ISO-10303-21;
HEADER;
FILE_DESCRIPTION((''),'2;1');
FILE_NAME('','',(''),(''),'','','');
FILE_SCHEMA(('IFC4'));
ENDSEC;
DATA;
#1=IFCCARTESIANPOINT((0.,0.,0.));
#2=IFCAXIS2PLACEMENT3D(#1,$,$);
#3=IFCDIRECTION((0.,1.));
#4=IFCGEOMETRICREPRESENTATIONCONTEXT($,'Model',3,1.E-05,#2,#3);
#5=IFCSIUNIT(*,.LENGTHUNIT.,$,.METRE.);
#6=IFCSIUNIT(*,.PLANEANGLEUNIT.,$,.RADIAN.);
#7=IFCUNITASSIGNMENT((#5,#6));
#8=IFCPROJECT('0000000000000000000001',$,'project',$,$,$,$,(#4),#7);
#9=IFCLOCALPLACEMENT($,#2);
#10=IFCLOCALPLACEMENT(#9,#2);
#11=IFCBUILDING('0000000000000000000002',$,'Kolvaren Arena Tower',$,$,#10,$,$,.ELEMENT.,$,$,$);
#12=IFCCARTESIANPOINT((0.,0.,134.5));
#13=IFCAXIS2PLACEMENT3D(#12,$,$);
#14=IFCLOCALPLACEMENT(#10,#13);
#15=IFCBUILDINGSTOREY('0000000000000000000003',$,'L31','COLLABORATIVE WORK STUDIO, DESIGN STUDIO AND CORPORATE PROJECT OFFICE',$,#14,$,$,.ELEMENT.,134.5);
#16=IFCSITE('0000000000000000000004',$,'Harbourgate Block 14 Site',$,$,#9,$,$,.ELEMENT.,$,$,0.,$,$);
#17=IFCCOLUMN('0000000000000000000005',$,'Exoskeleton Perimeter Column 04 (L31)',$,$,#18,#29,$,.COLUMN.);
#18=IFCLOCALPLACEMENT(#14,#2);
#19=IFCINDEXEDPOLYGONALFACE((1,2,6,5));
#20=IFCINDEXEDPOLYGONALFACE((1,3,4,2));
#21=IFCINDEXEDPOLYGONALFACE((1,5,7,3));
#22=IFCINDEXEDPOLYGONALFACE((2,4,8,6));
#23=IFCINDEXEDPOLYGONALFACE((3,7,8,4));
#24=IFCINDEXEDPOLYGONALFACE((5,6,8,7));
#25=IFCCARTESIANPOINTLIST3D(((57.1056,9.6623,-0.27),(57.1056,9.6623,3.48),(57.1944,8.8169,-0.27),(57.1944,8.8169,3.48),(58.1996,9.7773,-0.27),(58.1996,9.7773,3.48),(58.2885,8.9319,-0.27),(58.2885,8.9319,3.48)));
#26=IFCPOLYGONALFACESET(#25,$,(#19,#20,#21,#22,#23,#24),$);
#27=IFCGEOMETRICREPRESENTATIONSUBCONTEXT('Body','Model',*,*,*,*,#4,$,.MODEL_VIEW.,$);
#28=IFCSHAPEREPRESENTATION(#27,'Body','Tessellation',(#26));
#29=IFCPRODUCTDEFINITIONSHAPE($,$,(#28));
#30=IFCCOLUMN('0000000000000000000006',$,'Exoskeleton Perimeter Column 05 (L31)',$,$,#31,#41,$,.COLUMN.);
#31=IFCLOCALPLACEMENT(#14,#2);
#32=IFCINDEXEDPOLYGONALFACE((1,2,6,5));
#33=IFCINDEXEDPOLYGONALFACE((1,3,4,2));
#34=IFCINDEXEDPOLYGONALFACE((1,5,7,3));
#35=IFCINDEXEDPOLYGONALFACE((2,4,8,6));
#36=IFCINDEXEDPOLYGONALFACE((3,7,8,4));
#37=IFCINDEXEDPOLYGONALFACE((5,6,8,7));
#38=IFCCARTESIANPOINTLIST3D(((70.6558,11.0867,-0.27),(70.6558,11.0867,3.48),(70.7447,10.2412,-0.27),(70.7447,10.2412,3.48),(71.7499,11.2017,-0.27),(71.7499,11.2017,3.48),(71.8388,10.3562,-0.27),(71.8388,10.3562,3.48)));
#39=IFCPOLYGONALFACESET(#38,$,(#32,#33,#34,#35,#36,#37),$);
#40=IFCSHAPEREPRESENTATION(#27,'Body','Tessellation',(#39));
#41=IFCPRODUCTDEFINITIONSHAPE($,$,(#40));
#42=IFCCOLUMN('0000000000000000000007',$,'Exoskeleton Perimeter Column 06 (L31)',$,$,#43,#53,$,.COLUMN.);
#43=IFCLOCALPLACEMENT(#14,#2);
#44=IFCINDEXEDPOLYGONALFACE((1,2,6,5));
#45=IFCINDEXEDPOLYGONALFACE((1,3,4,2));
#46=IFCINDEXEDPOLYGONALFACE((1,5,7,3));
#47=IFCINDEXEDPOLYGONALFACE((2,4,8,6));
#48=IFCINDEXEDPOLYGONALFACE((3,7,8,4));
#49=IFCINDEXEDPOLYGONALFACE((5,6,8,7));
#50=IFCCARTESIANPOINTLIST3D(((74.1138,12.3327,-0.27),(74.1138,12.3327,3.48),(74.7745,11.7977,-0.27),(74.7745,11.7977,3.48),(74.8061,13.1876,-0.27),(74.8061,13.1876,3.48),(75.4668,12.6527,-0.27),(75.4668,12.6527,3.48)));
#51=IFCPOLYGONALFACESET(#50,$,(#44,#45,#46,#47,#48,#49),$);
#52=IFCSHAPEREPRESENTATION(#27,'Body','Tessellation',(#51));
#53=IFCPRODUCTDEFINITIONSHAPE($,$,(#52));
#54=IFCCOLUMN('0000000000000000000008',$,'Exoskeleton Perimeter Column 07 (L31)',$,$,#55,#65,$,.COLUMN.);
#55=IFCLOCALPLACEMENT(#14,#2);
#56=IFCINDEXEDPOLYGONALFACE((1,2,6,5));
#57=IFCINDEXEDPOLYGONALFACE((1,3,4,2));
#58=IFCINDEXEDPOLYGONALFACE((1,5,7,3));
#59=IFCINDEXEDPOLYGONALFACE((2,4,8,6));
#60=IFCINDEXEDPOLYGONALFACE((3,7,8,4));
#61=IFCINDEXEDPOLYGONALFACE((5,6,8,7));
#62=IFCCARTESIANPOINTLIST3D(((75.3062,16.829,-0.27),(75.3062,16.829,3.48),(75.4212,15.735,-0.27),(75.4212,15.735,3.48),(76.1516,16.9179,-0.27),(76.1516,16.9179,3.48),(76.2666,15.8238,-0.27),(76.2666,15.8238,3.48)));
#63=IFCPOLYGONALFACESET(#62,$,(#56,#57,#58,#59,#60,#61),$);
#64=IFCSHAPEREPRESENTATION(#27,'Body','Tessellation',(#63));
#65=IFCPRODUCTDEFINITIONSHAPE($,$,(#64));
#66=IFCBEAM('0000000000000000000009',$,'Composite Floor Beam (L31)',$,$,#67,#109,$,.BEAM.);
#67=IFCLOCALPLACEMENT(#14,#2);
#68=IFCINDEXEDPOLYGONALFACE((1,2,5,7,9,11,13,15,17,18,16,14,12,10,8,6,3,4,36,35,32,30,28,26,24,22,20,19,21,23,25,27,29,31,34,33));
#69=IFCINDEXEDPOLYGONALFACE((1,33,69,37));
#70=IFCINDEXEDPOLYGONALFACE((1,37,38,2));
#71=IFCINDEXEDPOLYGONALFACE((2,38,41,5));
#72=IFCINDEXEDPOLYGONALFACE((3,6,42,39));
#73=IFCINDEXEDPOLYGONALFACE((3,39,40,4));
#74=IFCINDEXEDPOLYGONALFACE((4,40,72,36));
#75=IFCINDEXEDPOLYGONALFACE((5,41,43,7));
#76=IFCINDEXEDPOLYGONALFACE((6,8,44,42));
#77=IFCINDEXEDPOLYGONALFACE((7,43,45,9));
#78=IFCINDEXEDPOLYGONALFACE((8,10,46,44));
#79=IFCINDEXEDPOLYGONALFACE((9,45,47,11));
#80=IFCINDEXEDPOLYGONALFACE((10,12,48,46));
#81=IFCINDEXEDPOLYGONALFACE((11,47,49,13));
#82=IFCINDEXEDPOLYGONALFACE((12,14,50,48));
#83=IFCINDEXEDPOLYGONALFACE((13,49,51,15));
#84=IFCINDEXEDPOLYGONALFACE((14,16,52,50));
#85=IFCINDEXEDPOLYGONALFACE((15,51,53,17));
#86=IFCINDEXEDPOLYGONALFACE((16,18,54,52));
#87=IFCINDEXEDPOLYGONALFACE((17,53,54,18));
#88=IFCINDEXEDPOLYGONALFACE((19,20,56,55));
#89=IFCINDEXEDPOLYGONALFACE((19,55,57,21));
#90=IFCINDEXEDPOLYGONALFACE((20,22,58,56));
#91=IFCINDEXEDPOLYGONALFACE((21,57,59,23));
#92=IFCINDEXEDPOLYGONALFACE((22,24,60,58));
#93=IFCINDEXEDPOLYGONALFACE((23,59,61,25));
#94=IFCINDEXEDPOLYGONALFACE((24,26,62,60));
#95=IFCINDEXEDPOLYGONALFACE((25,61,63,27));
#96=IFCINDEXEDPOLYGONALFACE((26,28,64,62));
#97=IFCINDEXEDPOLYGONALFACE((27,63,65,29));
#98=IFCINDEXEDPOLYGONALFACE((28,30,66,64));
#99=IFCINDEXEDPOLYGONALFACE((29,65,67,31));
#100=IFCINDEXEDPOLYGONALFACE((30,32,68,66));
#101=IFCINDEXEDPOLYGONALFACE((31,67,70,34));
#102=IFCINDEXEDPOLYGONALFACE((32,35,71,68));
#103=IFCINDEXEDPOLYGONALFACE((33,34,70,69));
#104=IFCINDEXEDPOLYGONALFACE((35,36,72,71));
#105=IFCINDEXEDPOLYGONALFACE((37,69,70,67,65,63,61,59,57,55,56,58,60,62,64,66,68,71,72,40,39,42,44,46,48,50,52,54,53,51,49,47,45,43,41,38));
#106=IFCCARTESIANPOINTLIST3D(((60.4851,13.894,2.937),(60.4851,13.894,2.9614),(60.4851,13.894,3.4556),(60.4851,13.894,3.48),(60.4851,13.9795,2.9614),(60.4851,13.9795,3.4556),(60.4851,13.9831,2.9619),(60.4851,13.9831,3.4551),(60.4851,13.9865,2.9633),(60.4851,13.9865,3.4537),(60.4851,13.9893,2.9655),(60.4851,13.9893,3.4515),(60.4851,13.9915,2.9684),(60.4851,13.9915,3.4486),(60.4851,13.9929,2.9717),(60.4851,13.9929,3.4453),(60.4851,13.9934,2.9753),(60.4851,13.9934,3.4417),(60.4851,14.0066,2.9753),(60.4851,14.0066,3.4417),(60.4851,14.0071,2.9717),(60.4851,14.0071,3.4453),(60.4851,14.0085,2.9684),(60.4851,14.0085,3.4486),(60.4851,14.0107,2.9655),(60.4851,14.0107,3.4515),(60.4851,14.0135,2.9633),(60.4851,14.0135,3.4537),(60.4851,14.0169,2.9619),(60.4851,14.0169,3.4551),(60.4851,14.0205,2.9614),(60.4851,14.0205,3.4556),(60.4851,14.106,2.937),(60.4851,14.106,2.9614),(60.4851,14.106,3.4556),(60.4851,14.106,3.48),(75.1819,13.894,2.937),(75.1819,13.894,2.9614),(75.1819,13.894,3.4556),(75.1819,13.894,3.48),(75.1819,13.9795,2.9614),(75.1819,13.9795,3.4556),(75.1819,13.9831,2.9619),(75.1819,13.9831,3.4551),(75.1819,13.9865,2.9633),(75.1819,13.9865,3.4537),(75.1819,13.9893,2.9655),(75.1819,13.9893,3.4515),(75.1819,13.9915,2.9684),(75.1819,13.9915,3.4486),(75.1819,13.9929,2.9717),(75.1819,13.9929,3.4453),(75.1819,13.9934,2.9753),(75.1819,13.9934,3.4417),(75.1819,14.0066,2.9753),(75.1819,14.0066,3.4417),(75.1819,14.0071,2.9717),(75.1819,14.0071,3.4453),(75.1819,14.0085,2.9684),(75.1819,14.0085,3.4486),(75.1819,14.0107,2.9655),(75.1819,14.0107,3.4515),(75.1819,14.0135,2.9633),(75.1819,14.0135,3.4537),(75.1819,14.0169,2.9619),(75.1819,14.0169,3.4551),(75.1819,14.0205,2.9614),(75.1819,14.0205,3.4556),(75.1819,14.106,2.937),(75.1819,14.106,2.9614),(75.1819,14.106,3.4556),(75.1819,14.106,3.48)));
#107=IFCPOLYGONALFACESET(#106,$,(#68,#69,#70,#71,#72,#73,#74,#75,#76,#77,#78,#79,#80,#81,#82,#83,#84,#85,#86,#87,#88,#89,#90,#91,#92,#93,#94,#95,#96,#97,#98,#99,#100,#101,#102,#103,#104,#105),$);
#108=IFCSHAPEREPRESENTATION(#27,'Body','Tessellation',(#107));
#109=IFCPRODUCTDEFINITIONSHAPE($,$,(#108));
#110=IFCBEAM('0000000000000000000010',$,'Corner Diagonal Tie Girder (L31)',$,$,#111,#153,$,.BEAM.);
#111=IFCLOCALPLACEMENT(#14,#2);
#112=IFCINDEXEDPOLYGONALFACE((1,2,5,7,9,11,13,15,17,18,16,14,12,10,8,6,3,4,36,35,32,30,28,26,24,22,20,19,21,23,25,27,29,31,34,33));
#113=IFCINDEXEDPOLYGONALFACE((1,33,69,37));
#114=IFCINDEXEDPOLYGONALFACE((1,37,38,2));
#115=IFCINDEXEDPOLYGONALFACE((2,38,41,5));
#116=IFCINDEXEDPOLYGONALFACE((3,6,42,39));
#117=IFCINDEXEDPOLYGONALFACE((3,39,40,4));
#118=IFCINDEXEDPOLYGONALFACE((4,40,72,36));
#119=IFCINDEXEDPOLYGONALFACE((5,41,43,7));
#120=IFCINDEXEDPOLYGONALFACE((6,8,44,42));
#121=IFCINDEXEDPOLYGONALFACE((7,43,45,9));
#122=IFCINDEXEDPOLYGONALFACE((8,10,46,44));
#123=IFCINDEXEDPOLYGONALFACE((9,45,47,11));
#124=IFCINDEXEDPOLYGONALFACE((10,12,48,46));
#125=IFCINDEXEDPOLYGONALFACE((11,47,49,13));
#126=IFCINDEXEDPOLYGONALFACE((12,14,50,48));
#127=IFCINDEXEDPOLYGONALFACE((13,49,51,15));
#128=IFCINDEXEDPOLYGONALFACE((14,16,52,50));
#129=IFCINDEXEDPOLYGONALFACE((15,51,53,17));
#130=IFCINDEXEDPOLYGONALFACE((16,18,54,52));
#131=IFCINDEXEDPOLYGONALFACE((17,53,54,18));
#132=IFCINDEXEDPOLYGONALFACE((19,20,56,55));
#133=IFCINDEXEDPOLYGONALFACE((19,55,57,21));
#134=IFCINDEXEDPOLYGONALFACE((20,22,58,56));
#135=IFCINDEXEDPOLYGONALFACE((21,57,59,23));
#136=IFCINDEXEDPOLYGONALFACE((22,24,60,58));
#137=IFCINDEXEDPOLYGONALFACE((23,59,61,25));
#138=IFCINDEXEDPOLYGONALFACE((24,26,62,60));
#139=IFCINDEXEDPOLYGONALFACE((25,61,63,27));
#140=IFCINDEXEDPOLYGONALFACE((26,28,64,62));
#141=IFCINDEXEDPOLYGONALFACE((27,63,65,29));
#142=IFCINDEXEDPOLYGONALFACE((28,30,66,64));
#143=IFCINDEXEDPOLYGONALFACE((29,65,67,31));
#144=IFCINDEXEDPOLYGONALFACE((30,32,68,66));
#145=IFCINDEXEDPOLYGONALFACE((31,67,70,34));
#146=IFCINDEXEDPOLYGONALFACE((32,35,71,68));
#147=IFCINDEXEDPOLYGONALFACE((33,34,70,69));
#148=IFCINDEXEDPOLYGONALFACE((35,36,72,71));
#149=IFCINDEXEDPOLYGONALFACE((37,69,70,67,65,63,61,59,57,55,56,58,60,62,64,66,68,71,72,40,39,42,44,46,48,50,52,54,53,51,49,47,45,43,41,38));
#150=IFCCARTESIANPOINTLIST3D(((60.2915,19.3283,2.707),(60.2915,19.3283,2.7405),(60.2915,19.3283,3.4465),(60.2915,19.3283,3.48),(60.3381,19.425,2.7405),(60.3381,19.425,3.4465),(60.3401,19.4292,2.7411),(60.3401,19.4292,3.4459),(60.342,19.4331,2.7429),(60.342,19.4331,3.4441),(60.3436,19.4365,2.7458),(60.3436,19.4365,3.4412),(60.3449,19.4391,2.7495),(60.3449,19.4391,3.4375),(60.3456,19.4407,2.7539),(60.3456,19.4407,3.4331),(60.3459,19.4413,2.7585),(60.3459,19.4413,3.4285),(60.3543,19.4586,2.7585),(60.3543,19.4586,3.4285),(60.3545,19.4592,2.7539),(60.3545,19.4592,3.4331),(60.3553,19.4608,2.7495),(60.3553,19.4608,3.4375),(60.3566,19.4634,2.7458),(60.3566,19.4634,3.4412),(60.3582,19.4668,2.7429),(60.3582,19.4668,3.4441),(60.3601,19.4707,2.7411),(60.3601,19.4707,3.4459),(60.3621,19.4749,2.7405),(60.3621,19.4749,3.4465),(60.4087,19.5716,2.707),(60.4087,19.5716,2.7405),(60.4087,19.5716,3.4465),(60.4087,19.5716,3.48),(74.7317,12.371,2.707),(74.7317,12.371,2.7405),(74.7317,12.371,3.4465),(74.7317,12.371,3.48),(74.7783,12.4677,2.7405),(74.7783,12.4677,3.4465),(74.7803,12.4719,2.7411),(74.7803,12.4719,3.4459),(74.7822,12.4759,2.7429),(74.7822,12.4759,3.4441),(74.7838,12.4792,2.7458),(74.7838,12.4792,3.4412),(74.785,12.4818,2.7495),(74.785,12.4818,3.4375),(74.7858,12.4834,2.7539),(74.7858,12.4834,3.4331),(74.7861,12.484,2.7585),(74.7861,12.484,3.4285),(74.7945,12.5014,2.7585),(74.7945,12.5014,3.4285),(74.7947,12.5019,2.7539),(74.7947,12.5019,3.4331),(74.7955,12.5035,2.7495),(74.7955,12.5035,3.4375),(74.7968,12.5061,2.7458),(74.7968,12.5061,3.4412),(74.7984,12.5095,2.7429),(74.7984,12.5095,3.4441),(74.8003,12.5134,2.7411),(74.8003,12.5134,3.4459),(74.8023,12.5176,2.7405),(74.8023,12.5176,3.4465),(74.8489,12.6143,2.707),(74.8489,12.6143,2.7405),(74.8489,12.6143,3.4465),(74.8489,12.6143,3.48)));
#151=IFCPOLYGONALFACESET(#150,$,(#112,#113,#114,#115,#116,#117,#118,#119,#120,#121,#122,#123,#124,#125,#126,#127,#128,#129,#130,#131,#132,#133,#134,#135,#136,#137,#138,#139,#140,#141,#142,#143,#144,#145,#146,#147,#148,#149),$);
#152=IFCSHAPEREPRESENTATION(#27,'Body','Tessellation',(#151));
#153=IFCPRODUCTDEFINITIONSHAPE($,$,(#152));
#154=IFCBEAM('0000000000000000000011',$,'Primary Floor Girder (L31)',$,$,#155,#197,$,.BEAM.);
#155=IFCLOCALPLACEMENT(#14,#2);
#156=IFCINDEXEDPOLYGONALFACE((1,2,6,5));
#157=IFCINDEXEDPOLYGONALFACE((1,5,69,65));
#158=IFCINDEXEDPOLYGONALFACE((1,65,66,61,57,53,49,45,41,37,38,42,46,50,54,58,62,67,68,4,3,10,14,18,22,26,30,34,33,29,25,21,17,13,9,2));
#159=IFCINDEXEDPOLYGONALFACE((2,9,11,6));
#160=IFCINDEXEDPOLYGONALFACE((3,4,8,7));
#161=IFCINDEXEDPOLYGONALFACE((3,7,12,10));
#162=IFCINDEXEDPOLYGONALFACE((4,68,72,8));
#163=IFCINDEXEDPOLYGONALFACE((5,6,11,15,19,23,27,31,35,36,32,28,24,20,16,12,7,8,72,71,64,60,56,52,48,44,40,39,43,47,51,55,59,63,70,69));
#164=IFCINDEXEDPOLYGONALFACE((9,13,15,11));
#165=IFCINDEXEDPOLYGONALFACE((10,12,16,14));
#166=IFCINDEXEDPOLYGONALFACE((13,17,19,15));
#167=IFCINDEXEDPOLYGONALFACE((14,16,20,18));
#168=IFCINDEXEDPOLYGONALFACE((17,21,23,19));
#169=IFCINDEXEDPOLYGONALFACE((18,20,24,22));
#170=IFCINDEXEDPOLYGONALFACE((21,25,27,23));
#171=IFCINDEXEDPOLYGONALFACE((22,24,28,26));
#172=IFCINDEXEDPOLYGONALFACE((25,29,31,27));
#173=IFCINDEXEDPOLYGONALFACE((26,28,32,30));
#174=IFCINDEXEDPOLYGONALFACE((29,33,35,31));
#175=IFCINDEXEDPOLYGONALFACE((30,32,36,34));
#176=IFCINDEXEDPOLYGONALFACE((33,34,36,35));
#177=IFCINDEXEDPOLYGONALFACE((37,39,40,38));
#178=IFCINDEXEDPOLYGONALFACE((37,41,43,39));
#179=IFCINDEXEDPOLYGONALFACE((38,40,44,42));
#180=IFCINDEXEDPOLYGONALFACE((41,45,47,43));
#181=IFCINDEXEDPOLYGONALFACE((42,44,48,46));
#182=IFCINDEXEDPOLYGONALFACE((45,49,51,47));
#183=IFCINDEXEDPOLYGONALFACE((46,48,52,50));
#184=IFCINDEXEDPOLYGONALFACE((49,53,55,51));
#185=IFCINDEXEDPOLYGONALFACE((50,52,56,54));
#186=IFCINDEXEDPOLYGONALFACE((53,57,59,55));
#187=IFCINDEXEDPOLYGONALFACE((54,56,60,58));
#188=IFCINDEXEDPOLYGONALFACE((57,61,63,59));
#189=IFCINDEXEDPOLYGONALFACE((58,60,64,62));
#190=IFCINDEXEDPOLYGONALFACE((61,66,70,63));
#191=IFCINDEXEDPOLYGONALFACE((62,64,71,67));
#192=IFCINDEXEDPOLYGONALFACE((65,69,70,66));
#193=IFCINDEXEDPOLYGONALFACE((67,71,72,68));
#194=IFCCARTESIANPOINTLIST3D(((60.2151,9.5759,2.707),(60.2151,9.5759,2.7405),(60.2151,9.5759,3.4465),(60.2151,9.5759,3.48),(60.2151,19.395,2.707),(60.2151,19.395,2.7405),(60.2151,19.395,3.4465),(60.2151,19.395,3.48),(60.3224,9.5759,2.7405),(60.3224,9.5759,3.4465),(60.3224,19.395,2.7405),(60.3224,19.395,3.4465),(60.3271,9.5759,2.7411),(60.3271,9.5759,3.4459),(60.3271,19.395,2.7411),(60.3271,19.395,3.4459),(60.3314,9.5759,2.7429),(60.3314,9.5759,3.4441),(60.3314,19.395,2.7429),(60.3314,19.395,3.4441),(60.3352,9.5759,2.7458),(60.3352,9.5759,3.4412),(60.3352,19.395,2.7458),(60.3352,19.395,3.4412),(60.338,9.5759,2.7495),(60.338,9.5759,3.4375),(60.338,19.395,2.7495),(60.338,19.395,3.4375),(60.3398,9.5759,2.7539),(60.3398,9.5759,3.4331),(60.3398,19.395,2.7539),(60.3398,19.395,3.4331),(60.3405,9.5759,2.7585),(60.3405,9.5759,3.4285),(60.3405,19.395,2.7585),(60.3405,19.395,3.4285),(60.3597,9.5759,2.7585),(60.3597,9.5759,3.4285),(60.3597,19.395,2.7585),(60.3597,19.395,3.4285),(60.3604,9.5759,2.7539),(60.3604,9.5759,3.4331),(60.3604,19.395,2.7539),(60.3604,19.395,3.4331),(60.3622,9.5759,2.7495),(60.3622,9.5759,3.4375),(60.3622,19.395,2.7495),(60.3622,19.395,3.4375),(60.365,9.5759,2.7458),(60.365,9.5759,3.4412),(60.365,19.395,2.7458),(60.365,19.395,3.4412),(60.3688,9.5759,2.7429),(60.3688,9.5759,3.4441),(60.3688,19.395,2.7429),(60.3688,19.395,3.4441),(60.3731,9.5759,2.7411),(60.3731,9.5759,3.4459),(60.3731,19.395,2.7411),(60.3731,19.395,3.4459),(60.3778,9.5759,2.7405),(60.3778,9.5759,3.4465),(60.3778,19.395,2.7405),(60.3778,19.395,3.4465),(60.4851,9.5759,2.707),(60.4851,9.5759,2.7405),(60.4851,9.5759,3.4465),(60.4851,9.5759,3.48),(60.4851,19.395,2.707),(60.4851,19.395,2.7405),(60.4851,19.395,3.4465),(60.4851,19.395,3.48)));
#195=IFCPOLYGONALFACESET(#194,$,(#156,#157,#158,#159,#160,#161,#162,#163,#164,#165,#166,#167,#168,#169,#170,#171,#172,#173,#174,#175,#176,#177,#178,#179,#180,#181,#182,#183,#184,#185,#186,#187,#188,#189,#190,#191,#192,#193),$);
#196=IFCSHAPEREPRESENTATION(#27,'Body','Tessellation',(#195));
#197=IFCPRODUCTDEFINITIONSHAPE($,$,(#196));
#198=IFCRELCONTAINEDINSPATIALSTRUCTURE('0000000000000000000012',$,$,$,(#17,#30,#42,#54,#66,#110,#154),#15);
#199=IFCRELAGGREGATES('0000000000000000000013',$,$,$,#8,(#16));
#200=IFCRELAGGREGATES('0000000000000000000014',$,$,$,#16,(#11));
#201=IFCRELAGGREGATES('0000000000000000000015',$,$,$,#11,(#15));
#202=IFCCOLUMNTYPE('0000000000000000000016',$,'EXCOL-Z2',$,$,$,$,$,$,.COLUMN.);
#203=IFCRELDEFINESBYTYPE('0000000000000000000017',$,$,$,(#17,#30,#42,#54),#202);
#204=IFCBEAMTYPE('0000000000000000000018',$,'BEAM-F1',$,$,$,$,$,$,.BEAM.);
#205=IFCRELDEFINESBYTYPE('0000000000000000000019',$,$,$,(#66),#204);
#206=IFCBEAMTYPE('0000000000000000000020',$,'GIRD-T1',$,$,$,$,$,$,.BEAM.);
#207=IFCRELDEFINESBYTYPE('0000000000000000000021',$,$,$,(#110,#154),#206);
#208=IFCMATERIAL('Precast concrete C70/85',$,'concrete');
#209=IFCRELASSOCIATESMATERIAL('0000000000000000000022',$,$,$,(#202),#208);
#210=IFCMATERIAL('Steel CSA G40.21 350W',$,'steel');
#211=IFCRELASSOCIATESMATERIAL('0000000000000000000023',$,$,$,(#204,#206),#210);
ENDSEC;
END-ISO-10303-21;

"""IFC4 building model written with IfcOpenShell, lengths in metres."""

from ifc_helpers import new_model, si_unit, direction, frame, origin, origin_2d, place, context, subcontext, project, spatial, rectangle, i_section, extrude, material, material_profile, profile_set, type_object, element, save


model = new_model("IFC4")

# Units and contexts
model_context = context("Model", 3, precision=1e-05, world=origin(), true_north=direction((0.0, 1.0)))
body_context = subcontext(model_context, "Body", "Model", "MODEL_VIEW")
ifc_project = project(units=[si_unit("LENGTHUNIT", "METRE"), si_unit("PLANEANGLEUNIT", "RADIAN")], contexts=[model_context])

# Site, building, storey
site_placement = place(None, origin())
site = spatial("IfcSite", under=ifc_project, at=site_placement, Name="Harbourgate Block 14 Site", CompositionType="ELEMENT", RefElevation=0.0)
building_placement = place(site_placement, origin())
building = spatial("IfcBuilding", under=site, at=building_placement, Name="Kolvaren Arena Tower", CompositionType="ELEMENT")
storey_placement = place(building_placement, frame((0.0, 0.0, 134.5)))
storey = spatial("IfcBuildingStorey", under=building, at=storey_placement, Name="L31", Description="COLLABORATIVE WORK STUDIO, DESIGN STUDIO AND CORPORATE PROJECT OFFICE", CompositionType="ELEMENT", Elevation=134.5)

# Columns
ifc_material_1 = material(Name="Precast concrete C70/85", Category="concrete")
ifc_material_profile_1 = material_profile(ifc_material_1, rectangle(XDim=1.1001, YDim=0.8501, at=origin_2d()), Name="RC-1100x850")
ifc_profile_set_1 = profile_set([ifc_material_profile_1], Name="Precast concrete C70/85")
column_type = type_object("IfcColumnType", Name="EXCOL-Z2", PredefinedType="COLUMN", material=ifc_profile_set_1)
for number, where, z_axis, x_axis, name in (
    (1, (57.697, 9.2971, -0.27), (0.0, 0.0, 1.0), (0.994522, 0.104528, 0.0), "Exoskeleton Perimeter Column 04 (L31)"),
    (2, (71.2473, 10.7214, -0.27), (0.0, 0.0, 1.0), (0.994522, 0.104528, 0.0), "Exoskeleton Perimeter Column 05 (L31)"),
    (3, (74.7903, 12.4927, -0.27), (0.0, 0.0, 1.0), (0.62932, 0.777146, 0.0), "Exoskeleton Perimeter Column 06 (L31)"),
    (4, (75.7864, 16.3264, -0.27), (0.0, 0.0, 1.0), (-0.104528, 0.994522, 0.0), "Exoskeleton Perimeter Column 07 (L31)"),
):
    element("IfcColumn", number, at=place(storey_placement, frame(where, z_axis=z_axis, x_axis=x_axis)), inside=storey, type_object=column_type, Name=name, PredefinedType="COLUMN", context=body_context, shape_type="SweptSolid", body=[
        extrude(rectangle(XDim=1.1001, YDim=0.8501, at=origin_2d()), origin(), (0.0, 0.0, 1.0), 3.75),
    ])

# Beams
ifc_material_2 = material(Name="Steel CSA G40.21 350W", Category="steel")
ifc_material_profile_2 = material_profile(ifc_material_2, i_section(OverallWidth=0.2119, OverallDepth=0.543, WebThickness=0.0132, FlangeThickness=0.0244, FilletRadius=0.0139, at=origin_2d()), Name="W530x150")
ifc_profile_set_2 = profile_set([ifc_material_profile_2], Name="Steel CSA G40.21 350W")
beam_type_1 = type_object("IfcBeamType", Name="BEAM-F1", PredefinedType="BEAM", material=ifc_profile_set_2)
beam_1_placement = place(storey_placement, frame((60.4851, 14.0, 3.2085), z_axis=(1.0, 0.0, 0.0), x_axis=(0.0, 1.0, 0.0)))
element("IfcBeam", 5, at=beam_1_placement, inside=storey, type_object=beam_type_1, Name="Composite Floor Beam (L31)", PredefinedType="BEAM", context=body_context, shape_type="SweptSolid", body=[
    extrude(i_section(OverallWidth=0.2119, OverallDepth=0.543, WebThickness=0.0132, FlangeThickness=0.0244, FilletRadius=0.0139, at=origin_2d()), origin(), (0.0, 0.0, 1.0), 14.6968),
])
ifc_material_profile_3 = material_profile(ifc_material_2, i_section(OverallWidth=0.27, OverallDepth=0.7729, WebThickness=0.0193, FlangeThickness=0.0334, FilletRadius=0.0181, at=origin_2d()), Name="W760x257")
ifc_profile_set_3 = profile_set([ifc_material_profile_3], Name="Steel CSA G40.21 350W")
beam_type_2 = type_object("IfcBeamType", Name="GIRD-T1", PredefinedType="BEAM", material=ifc_profile_set_3)
beam_2_placement = place(storey_placement, frame((74.7903, 12.4927, 3.0935), z_axis=(-0.90089, 0.434048, 0.0), x_axis=(-0.434048, -0.90089, 0.0)))
element("IfcBeam", 6, at=beam_2_placement, inside=storey, type_object=beam_type_2, Name="Corner Diagonal Tie Girder (L31)", PredefinedType="BEAM", context=body_context, shape_type="SweptSolid", body=[
    extrude(i_section(OverallWidth=0.27, OverallDepth=0.7729, WebThickness=0.0193, FlangeThickness=0.0334, FilletRadius=0.0181, at=origin_2d()), origin(), (0.0, 0.0, 1.0), 16.0288),
])
beam_3_placement = place(storey_placement, frame((60.3501, 9.5759, 3.0935), z_axis=(0.0, 1.0, 0.0), x_axis=(-1.0, 0.0, 0.0)))
element("IfcBeam", 7, at=beam_3_placement, inside=storey, type_object=beam_type_2, Name="Primary Floor Girder (L31)", PredefinedType="BEAM", context=body_context, shape_type="SweptSolid", body=[
    extrude(i_section(OverallWidth=0.27, OverallDepth=0.7729, WebThickness=0.0193, FlangeThickness=0.0334, FilletRadius=0.0181, at=origin_2d()), origin(), (0.0, 0.0, 1.0), 9.8191),
])

save(model, "model.ifc")
